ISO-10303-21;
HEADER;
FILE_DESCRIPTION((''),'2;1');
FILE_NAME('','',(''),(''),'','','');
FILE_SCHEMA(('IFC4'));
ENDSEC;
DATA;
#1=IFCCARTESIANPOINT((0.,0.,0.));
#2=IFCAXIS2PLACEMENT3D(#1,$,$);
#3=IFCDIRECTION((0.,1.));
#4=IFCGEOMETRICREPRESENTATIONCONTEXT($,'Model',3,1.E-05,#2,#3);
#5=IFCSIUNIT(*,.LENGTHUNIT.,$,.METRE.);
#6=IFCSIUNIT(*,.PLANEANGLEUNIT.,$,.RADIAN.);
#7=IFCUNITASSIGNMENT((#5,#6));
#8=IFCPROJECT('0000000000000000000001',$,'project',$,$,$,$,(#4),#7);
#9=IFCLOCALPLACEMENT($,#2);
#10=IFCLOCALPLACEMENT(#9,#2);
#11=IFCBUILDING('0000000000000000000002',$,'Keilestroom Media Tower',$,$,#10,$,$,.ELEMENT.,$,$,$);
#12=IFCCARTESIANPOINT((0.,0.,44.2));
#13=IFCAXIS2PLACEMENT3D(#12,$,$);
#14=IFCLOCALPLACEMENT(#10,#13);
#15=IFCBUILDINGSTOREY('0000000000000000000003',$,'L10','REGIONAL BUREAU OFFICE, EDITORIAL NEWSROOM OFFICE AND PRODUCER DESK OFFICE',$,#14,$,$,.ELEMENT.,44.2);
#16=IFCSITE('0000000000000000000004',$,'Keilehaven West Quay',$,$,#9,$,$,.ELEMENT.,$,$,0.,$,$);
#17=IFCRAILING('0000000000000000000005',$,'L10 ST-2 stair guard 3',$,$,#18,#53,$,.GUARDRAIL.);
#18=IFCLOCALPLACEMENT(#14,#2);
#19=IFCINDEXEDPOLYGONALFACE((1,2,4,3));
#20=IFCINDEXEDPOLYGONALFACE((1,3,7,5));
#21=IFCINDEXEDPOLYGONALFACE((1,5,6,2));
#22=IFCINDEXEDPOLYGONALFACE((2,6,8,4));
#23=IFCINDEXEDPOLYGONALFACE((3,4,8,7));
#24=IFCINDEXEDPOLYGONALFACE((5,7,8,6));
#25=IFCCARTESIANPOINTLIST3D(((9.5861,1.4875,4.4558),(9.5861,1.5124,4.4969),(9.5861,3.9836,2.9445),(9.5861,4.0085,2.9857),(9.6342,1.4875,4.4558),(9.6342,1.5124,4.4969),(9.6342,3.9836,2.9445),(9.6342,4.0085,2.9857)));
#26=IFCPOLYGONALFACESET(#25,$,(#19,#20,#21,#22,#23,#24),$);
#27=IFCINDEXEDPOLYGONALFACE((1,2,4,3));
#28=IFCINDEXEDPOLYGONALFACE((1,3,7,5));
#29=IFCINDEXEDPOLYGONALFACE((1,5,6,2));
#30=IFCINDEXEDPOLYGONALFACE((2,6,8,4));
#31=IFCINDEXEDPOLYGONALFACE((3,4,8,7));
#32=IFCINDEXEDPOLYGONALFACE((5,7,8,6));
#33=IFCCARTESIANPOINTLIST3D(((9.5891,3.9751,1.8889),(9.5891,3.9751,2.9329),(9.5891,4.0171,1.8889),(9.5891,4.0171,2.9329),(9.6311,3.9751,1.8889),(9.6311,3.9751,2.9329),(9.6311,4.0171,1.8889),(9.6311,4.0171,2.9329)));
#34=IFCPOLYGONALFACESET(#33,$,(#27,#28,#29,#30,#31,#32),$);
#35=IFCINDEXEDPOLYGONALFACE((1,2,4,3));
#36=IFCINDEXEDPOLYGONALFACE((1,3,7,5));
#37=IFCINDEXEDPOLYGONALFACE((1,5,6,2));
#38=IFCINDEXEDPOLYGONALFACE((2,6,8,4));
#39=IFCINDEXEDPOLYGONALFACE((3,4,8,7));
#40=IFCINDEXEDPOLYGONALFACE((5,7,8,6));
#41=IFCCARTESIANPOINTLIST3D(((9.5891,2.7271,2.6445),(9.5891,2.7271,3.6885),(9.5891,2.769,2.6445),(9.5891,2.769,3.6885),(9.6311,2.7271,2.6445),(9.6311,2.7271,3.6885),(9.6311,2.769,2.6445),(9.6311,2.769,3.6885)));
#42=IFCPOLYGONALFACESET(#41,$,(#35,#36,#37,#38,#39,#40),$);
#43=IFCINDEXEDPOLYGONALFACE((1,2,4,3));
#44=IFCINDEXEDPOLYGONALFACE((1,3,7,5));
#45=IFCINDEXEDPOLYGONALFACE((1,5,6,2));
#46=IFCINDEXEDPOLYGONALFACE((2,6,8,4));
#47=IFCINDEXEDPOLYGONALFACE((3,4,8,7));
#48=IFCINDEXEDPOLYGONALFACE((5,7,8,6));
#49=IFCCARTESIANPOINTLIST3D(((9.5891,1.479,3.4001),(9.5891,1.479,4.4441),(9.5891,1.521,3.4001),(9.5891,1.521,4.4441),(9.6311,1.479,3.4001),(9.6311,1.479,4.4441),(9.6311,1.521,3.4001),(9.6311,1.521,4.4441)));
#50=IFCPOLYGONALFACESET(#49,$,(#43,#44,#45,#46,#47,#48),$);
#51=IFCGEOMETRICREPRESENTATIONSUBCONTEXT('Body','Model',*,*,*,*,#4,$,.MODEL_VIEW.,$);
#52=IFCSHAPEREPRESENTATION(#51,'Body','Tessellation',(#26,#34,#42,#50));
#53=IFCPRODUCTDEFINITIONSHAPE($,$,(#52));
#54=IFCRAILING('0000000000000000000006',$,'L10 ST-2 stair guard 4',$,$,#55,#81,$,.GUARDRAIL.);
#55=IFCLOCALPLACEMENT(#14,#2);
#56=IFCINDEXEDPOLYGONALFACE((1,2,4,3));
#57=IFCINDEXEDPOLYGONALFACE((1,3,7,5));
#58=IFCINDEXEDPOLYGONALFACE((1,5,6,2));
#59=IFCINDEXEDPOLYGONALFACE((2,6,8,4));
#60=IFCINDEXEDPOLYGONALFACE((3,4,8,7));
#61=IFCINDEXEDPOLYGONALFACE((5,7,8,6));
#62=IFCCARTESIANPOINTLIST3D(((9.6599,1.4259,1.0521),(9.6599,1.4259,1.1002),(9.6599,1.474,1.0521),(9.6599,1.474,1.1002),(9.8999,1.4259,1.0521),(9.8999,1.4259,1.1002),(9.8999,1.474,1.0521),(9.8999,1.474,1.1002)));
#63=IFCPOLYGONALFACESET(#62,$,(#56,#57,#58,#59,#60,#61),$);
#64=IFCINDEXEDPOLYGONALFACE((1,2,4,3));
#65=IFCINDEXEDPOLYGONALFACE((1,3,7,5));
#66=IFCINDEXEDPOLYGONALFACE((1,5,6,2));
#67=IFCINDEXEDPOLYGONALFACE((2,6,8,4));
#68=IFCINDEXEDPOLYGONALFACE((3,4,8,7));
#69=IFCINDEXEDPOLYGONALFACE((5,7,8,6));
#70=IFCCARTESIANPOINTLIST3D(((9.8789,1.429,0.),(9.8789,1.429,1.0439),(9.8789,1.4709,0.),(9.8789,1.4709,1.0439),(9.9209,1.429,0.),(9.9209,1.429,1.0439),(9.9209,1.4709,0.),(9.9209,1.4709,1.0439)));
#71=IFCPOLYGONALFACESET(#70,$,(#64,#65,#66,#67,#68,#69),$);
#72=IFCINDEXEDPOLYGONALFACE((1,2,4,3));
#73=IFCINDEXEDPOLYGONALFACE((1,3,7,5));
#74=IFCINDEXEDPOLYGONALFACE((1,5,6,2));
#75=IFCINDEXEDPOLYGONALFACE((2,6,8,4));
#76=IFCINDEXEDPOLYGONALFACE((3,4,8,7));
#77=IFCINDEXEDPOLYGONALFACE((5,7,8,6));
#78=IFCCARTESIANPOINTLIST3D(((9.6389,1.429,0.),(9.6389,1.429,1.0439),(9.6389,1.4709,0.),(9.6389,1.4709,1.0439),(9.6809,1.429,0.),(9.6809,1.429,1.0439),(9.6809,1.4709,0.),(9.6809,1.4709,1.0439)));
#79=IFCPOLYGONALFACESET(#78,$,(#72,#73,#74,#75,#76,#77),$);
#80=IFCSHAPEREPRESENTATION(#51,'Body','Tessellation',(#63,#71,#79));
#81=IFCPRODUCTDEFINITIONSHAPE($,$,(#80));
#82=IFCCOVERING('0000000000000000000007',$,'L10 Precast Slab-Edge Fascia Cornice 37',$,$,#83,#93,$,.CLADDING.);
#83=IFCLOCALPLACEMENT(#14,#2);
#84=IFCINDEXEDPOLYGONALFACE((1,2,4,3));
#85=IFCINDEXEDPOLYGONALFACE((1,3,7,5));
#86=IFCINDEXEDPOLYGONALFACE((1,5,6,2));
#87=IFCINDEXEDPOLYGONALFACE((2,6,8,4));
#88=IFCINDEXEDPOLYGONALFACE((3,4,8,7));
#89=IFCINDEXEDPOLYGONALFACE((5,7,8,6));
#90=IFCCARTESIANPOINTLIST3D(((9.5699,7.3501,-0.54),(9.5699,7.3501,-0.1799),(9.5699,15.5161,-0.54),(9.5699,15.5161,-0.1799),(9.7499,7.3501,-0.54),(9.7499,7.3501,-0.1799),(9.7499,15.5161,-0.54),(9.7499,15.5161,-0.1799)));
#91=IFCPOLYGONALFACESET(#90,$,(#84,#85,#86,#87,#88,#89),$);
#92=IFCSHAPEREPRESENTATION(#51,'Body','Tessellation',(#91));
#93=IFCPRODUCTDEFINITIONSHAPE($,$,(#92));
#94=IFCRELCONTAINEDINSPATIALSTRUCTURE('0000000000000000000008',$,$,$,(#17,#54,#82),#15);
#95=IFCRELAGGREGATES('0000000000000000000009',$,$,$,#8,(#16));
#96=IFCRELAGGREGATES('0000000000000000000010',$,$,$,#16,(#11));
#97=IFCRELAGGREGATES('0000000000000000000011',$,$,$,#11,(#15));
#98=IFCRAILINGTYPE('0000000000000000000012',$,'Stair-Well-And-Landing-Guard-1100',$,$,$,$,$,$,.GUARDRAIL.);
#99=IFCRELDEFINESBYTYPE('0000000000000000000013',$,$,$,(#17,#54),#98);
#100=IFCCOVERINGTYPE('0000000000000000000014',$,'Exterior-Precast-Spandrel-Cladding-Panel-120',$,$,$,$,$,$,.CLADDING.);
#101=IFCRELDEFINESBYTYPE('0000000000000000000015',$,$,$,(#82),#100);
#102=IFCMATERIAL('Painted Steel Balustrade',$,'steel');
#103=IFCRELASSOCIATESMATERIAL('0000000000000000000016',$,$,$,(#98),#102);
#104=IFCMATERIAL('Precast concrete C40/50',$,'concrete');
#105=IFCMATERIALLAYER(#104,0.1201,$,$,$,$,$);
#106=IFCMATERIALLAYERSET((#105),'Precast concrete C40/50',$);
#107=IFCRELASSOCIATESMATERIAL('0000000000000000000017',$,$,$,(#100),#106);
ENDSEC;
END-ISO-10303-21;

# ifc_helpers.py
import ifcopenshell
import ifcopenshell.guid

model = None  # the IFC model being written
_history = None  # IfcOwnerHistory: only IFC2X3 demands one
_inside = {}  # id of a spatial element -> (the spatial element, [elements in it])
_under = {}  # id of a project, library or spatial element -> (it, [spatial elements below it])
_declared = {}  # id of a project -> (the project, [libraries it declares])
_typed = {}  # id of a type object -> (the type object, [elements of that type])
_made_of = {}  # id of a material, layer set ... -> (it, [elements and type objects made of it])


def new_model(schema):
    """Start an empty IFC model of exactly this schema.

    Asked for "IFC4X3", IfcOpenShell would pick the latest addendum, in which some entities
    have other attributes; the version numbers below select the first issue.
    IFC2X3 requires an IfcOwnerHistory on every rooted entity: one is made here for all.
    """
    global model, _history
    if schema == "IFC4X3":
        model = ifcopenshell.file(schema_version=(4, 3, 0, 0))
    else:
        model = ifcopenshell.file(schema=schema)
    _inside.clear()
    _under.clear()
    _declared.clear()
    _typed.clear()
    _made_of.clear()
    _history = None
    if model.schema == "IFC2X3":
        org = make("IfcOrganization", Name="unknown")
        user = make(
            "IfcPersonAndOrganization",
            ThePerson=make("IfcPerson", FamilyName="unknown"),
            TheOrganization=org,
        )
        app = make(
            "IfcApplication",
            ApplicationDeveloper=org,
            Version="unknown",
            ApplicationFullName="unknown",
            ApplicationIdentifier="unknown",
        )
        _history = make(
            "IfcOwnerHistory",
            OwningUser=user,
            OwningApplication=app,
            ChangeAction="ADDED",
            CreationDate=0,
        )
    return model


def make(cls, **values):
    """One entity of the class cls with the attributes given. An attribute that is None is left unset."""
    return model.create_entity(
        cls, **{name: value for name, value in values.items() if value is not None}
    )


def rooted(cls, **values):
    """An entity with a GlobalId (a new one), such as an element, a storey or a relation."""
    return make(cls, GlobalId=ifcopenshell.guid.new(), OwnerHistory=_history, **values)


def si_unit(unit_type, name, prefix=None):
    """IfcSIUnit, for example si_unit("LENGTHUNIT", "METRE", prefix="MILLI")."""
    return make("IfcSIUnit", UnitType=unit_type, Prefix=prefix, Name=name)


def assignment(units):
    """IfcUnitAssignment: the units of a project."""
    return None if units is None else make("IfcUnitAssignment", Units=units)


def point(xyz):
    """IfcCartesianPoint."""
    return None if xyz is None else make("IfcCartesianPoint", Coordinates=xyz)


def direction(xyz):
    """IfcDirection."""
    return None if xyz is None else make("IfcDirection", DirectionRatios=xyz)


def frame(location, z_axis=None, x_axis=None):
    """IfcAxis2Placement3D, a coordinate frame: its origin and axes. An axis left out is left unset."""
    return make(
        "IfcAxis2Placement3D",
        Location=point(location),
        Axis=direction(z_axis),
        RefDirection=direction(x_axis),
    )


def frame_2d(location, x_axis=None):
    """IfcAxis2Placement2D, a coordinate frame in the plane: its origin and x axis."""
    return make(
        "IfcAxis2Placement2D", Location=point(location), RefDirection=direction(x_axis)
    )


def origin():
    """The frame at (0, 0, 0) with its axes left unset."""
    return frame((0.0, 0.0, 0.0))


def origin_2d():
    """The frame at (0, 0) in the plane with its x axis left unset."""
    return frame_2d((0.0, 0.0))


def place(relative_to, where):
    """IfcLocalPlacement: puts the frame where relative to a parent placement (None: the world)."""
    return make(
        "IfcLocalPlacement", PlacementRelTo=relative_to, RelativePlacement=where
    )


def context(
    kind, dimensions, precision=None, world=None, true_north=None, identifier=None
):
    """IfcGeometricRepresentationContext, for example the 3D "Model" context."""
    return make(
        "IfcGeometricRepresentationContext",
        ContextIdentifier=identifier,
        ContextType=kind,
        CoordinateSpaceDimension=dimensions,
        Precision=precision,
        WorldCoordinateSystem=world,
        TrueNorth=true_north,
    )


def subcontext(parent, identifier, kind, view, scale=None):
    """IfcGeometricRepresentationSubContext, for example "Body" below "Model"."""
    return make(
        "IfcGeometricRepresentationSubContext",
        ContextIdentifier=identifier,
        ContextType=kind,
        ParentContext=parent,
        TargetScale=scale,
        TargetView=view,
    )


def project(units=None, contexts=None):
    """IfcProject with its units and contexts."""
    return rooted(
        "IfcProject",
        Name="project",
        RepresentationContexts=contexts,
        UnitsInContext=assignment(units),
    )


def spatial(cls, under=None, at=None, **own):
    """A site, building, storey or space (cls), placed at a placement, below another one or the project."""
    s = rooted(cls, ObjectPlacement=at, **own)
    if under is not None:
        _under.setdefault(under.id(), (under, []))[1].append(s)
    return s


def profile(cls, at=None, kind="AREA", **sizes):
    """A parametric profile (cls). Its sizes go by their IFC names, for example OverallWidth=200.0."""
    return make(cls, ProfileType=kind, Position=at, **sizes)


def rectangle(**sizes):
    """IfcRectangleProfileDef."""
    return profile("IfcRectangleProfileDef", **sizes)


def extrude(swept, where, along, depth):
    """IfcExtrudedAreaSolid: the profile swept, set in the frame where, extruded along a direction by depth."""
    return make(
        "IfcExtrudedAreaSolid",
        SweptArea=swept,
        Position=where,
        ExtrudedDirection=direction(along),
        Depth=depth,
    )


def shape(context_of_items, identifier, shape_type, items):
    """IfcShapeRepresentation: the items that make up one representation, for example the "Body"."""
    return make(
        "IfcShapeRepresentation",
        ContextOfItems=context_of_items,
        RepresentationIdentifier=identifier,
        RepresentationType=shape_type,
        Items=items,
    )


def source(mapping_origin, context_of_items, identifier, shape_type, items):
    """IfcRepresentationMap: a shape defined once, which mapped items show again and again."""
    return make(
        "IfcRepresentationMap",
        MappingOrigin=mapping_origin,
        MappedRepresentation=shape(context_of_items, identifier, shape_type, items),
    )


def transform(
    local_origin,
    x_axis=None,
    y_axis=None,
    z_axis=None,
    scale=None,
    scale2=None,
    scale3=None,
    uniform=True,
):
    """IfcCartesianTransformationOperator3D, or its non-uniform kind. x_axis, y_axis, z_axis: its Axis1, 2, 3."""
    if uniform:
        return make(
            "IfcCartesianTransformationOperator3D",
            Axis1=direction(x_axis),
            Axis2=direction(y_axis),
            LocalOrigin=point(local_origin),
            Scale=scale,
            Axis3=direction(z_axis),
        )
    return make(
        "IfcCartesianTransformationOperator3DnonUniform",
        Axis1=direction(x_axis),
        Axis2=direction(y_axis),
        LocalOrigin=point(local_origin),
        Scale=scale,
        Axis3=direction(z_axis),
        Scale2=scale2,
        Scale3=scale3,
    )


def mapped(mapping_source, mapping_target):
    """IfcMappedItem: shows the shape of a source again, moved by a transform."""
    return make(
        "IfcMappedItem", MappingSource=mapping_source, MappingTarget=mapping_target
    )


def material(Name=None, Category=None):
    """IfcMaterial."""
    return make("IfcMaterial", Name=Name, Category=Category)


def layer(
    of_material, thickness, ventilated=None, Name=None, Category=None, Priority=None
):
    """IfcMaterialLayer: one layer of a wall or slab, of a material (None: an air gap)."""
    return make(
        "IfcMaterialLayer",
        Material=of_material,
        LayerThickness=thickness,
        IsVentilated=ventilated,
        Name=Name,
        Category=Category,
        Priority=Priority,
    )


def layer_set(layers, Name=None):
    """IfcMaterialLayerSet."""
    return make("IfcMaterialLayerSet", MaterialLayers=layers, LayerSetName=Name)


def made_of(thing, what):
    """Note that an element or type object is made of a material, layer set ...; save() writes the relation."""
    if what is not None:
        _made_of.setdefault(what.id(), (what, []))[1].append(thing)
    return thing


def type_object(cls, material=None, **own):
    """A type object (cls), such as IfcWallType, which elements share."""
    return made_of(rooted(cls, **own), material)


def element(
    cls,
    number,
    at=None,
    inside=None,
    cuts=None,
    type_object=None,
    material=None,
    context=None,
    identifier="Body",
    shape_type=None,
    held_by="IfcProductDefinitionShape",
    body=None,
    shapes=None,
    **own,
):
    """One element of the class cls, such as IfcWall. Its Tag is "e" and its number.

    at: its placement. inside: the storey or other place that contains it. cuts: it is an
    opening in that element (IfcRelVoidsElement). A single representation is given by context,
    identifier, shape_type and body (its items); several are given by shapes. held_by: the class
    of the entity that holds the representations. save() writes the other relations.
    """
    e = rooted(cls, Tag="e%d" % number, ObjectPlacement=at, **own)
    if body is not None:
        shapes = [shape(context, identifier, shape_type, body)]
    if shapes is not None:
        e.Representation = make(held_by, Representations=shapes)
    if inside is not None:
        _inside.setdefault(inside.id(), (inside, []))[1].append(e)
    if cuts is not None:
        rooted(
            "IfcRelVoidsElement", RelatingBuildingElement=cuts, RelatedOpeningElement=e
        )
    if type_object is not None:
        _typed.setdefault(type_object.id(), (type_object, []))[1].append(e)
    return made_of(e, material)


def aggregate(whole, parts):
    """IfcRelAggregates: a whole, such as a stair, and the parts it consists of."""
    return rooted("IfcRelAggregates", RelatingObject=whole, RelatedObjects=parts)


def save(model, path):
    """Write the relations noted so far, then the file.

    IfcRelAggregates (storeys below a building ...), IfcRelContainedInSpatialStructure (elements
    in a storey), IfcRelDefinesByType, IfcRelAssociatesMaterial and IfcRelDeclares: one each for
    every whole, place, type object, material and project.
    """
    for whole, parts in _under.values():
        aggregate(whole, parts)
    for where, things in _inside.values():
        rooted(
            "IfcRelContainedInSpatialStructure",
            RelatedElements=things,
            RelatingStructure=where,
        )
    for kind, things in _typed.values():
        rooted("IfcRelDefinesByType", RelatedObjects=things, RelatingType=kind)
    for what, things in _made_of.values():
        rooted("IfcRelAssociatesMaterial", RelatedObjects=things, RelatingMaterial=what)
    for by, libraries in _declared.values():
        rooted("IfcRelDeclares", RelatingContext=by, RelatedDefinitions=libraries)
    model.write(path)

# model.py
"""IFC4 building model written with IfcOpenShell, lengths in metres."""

from ifc_helpers import new_model, si_unit, direction, frame, origin, origin_2d, place, context, subcontext, project, spatial, rectangle, extrude, source, transform, mapped, material, layer, layer_set, type_object, element, save


model = new_model("IFC4")

# Units and contexts
model_context = context("Model", 3, precision=1e-05, world=origin(), true_north=direction((0.0, 1.0)))
body_context = subcontext(model_context, "Body", "Model", "MODEL_VIEW")
ifc_project = project(units=[si_unit("LENGTHUNIT", "METRE"), si_unit("PLANEANGLEUNIT", "RADIAN")], contexts=[model_context])

# Site, building, storey
site_placement = place(None, origin())
site = spatial("IfcSite", under=ifc_project, at=site_placement, Name="Keilehaven West Quay", CompositionType="ELEMENT", RefElevation=0.0)
building_placement = place(site_placement, origin())
building = spatial("IfcBuilding", under=site, at=building_placement, Name="Keilestroom Media Tower", CompositionType="ELEMENT")
storey_placement = place(building_placement, frame((0.0, 0.0, 44.2)))
storey = spatial("IfcBuildingStorey", under=building, at=storey_placement, Name="L10", Description="REGIONAL BUREAU OFFICE, EDITORIAL NEWSROOM OFFICE AND PRODUCER DESK OFFICE", CompositionType="ELEMENT", Elevation=44.2)

# Shared definitions
ifc_material_1 = material(Name="Precast concrete C40/50", Category="concrete")

# Railings
ifc_material_2 = material(Name="Painted Steel Balustrade", Category="steel")
railing_type_1 = type_object("IfcRailingType", Name="Stair-Well-And-Landing-Guard-1100", PredefinedType="GUARDRAIL", material=ifc_material_2)
railing_1_placement = place(storey_placement, frame((9.6101, 3.9961, 1.8889)))
element("IfcRailing", 1, at=railing_1_placement, inside=storey, type_object=railing_type_1, Name="L10 ST-2 stair guard 3", PredefinedType="GUARDRAIL", context=body_context, shape_type="SweptSolid", body=[
    extrude(rectangle(XDim=0.0481, YDim=0.0481, at=origin_2d()), frame((0.0, 0.0, 1.0762), z_axis=(0.0, -0.855434, 0.517912), x_axis=(1.0, 0.0, 0.0)), (0.0, 0.0, 1.0), 2.918),
    extrude(rectangle(XDim=0.042, YDim=0.042, at=origin_2d()), origin(), (0.0, 0.0, 1.0), 1.0439),
    extrude(rectangle(XDim=0.042, YDim=0.042, at=origin_2d()), frame((0.0, -1.248, 0.7556)), (0.0, 0.0, 1.0), 1.0439),
    extrude(rectangle(XDim=0.042, YDim=0.042, at=origin_2d()), frame((0.0, -2.4961, 1.5112)), (0.0, 0.0, 1.0), 1.0439),
])
railing_2_placement = place(storey_placement, frame((9.8999, 1.45, 0.0)))
element("IfcRailing", 2, at=railing_2_placement, inside=storey, type_object=railing_type_1, Name="L10 ST-2 stair guard 4", PredefinedType="GUARDRAIL", context=body_context, shape_type="SweptSolid", body=[
    extrude(rectangle(XDim=0.0481, YDim=0.0481, at=origin_2d()), frame((0.0, 0.0, 1.0762), z_axis=(-1.0, 0.0, 0.0), x_axis=(0.0, -1.0, 0.0)), (0.0, 0.0, 1.0), 0.24),
    extrude(rectangle(XDim=0.042, YDim=0.042, at=origin_2d()), origin(), (0.0, 0.0, 1.0), 1.0439),
    extrude(rectangle(XDim=0.042, YDim=0.042, at=origin_2d()), frame((-0.24, 0.0, 0.0)), (0.0, 0.0, 1.0), 1.0439),
])

# Covering
ifc_layer_1 = layer(ifc_material_1, 0.1201)
ifc_layer_set_1 = layer_set([ifc_layer_1], Name="Precast concrete C40/50")
covering_type = type_object("IfcCoveringType", Name="Exterior-Precast-Spandrel-Cladding-Panel-120", PredefinedType="CLADDING", material=ifc_layer_set_1)
shared_shape_1 = source(origin(), body_context, "Body", "SweptSolid", [
    extrude(rectangle(XDim=8.166, YDim=0.1799, at=origin_2d()), origin(), (0.0, 0.0, 1.0), 0.3601),
])
covering_placement = place(storey_placement, frame((9.6599, 11.4331, -0.54), z_axis=(0.0, 0.0, 1.0), x_axis=(0.0, -1.0, 0.0)))
element("IfcCovering", 3, at=covering_placement, inside=storey, type_object=covering_type, Name="L10 Precast Slab-Edge Fascia Cornice 37", PredefinedType="CLADDING", context=body_context, shape_type="MappedRepresentation", body=[
    mapped(shared_shape_1, transform((0.0, 0.0, 0.0), x_axis=(1.0, 0.0, 0.0), y_axis=(0.0, 1.0, 0.0), z_axis=(0.0, 0.0, 1.0), scale=1.0)),
])

save(model, "model.ifc")
